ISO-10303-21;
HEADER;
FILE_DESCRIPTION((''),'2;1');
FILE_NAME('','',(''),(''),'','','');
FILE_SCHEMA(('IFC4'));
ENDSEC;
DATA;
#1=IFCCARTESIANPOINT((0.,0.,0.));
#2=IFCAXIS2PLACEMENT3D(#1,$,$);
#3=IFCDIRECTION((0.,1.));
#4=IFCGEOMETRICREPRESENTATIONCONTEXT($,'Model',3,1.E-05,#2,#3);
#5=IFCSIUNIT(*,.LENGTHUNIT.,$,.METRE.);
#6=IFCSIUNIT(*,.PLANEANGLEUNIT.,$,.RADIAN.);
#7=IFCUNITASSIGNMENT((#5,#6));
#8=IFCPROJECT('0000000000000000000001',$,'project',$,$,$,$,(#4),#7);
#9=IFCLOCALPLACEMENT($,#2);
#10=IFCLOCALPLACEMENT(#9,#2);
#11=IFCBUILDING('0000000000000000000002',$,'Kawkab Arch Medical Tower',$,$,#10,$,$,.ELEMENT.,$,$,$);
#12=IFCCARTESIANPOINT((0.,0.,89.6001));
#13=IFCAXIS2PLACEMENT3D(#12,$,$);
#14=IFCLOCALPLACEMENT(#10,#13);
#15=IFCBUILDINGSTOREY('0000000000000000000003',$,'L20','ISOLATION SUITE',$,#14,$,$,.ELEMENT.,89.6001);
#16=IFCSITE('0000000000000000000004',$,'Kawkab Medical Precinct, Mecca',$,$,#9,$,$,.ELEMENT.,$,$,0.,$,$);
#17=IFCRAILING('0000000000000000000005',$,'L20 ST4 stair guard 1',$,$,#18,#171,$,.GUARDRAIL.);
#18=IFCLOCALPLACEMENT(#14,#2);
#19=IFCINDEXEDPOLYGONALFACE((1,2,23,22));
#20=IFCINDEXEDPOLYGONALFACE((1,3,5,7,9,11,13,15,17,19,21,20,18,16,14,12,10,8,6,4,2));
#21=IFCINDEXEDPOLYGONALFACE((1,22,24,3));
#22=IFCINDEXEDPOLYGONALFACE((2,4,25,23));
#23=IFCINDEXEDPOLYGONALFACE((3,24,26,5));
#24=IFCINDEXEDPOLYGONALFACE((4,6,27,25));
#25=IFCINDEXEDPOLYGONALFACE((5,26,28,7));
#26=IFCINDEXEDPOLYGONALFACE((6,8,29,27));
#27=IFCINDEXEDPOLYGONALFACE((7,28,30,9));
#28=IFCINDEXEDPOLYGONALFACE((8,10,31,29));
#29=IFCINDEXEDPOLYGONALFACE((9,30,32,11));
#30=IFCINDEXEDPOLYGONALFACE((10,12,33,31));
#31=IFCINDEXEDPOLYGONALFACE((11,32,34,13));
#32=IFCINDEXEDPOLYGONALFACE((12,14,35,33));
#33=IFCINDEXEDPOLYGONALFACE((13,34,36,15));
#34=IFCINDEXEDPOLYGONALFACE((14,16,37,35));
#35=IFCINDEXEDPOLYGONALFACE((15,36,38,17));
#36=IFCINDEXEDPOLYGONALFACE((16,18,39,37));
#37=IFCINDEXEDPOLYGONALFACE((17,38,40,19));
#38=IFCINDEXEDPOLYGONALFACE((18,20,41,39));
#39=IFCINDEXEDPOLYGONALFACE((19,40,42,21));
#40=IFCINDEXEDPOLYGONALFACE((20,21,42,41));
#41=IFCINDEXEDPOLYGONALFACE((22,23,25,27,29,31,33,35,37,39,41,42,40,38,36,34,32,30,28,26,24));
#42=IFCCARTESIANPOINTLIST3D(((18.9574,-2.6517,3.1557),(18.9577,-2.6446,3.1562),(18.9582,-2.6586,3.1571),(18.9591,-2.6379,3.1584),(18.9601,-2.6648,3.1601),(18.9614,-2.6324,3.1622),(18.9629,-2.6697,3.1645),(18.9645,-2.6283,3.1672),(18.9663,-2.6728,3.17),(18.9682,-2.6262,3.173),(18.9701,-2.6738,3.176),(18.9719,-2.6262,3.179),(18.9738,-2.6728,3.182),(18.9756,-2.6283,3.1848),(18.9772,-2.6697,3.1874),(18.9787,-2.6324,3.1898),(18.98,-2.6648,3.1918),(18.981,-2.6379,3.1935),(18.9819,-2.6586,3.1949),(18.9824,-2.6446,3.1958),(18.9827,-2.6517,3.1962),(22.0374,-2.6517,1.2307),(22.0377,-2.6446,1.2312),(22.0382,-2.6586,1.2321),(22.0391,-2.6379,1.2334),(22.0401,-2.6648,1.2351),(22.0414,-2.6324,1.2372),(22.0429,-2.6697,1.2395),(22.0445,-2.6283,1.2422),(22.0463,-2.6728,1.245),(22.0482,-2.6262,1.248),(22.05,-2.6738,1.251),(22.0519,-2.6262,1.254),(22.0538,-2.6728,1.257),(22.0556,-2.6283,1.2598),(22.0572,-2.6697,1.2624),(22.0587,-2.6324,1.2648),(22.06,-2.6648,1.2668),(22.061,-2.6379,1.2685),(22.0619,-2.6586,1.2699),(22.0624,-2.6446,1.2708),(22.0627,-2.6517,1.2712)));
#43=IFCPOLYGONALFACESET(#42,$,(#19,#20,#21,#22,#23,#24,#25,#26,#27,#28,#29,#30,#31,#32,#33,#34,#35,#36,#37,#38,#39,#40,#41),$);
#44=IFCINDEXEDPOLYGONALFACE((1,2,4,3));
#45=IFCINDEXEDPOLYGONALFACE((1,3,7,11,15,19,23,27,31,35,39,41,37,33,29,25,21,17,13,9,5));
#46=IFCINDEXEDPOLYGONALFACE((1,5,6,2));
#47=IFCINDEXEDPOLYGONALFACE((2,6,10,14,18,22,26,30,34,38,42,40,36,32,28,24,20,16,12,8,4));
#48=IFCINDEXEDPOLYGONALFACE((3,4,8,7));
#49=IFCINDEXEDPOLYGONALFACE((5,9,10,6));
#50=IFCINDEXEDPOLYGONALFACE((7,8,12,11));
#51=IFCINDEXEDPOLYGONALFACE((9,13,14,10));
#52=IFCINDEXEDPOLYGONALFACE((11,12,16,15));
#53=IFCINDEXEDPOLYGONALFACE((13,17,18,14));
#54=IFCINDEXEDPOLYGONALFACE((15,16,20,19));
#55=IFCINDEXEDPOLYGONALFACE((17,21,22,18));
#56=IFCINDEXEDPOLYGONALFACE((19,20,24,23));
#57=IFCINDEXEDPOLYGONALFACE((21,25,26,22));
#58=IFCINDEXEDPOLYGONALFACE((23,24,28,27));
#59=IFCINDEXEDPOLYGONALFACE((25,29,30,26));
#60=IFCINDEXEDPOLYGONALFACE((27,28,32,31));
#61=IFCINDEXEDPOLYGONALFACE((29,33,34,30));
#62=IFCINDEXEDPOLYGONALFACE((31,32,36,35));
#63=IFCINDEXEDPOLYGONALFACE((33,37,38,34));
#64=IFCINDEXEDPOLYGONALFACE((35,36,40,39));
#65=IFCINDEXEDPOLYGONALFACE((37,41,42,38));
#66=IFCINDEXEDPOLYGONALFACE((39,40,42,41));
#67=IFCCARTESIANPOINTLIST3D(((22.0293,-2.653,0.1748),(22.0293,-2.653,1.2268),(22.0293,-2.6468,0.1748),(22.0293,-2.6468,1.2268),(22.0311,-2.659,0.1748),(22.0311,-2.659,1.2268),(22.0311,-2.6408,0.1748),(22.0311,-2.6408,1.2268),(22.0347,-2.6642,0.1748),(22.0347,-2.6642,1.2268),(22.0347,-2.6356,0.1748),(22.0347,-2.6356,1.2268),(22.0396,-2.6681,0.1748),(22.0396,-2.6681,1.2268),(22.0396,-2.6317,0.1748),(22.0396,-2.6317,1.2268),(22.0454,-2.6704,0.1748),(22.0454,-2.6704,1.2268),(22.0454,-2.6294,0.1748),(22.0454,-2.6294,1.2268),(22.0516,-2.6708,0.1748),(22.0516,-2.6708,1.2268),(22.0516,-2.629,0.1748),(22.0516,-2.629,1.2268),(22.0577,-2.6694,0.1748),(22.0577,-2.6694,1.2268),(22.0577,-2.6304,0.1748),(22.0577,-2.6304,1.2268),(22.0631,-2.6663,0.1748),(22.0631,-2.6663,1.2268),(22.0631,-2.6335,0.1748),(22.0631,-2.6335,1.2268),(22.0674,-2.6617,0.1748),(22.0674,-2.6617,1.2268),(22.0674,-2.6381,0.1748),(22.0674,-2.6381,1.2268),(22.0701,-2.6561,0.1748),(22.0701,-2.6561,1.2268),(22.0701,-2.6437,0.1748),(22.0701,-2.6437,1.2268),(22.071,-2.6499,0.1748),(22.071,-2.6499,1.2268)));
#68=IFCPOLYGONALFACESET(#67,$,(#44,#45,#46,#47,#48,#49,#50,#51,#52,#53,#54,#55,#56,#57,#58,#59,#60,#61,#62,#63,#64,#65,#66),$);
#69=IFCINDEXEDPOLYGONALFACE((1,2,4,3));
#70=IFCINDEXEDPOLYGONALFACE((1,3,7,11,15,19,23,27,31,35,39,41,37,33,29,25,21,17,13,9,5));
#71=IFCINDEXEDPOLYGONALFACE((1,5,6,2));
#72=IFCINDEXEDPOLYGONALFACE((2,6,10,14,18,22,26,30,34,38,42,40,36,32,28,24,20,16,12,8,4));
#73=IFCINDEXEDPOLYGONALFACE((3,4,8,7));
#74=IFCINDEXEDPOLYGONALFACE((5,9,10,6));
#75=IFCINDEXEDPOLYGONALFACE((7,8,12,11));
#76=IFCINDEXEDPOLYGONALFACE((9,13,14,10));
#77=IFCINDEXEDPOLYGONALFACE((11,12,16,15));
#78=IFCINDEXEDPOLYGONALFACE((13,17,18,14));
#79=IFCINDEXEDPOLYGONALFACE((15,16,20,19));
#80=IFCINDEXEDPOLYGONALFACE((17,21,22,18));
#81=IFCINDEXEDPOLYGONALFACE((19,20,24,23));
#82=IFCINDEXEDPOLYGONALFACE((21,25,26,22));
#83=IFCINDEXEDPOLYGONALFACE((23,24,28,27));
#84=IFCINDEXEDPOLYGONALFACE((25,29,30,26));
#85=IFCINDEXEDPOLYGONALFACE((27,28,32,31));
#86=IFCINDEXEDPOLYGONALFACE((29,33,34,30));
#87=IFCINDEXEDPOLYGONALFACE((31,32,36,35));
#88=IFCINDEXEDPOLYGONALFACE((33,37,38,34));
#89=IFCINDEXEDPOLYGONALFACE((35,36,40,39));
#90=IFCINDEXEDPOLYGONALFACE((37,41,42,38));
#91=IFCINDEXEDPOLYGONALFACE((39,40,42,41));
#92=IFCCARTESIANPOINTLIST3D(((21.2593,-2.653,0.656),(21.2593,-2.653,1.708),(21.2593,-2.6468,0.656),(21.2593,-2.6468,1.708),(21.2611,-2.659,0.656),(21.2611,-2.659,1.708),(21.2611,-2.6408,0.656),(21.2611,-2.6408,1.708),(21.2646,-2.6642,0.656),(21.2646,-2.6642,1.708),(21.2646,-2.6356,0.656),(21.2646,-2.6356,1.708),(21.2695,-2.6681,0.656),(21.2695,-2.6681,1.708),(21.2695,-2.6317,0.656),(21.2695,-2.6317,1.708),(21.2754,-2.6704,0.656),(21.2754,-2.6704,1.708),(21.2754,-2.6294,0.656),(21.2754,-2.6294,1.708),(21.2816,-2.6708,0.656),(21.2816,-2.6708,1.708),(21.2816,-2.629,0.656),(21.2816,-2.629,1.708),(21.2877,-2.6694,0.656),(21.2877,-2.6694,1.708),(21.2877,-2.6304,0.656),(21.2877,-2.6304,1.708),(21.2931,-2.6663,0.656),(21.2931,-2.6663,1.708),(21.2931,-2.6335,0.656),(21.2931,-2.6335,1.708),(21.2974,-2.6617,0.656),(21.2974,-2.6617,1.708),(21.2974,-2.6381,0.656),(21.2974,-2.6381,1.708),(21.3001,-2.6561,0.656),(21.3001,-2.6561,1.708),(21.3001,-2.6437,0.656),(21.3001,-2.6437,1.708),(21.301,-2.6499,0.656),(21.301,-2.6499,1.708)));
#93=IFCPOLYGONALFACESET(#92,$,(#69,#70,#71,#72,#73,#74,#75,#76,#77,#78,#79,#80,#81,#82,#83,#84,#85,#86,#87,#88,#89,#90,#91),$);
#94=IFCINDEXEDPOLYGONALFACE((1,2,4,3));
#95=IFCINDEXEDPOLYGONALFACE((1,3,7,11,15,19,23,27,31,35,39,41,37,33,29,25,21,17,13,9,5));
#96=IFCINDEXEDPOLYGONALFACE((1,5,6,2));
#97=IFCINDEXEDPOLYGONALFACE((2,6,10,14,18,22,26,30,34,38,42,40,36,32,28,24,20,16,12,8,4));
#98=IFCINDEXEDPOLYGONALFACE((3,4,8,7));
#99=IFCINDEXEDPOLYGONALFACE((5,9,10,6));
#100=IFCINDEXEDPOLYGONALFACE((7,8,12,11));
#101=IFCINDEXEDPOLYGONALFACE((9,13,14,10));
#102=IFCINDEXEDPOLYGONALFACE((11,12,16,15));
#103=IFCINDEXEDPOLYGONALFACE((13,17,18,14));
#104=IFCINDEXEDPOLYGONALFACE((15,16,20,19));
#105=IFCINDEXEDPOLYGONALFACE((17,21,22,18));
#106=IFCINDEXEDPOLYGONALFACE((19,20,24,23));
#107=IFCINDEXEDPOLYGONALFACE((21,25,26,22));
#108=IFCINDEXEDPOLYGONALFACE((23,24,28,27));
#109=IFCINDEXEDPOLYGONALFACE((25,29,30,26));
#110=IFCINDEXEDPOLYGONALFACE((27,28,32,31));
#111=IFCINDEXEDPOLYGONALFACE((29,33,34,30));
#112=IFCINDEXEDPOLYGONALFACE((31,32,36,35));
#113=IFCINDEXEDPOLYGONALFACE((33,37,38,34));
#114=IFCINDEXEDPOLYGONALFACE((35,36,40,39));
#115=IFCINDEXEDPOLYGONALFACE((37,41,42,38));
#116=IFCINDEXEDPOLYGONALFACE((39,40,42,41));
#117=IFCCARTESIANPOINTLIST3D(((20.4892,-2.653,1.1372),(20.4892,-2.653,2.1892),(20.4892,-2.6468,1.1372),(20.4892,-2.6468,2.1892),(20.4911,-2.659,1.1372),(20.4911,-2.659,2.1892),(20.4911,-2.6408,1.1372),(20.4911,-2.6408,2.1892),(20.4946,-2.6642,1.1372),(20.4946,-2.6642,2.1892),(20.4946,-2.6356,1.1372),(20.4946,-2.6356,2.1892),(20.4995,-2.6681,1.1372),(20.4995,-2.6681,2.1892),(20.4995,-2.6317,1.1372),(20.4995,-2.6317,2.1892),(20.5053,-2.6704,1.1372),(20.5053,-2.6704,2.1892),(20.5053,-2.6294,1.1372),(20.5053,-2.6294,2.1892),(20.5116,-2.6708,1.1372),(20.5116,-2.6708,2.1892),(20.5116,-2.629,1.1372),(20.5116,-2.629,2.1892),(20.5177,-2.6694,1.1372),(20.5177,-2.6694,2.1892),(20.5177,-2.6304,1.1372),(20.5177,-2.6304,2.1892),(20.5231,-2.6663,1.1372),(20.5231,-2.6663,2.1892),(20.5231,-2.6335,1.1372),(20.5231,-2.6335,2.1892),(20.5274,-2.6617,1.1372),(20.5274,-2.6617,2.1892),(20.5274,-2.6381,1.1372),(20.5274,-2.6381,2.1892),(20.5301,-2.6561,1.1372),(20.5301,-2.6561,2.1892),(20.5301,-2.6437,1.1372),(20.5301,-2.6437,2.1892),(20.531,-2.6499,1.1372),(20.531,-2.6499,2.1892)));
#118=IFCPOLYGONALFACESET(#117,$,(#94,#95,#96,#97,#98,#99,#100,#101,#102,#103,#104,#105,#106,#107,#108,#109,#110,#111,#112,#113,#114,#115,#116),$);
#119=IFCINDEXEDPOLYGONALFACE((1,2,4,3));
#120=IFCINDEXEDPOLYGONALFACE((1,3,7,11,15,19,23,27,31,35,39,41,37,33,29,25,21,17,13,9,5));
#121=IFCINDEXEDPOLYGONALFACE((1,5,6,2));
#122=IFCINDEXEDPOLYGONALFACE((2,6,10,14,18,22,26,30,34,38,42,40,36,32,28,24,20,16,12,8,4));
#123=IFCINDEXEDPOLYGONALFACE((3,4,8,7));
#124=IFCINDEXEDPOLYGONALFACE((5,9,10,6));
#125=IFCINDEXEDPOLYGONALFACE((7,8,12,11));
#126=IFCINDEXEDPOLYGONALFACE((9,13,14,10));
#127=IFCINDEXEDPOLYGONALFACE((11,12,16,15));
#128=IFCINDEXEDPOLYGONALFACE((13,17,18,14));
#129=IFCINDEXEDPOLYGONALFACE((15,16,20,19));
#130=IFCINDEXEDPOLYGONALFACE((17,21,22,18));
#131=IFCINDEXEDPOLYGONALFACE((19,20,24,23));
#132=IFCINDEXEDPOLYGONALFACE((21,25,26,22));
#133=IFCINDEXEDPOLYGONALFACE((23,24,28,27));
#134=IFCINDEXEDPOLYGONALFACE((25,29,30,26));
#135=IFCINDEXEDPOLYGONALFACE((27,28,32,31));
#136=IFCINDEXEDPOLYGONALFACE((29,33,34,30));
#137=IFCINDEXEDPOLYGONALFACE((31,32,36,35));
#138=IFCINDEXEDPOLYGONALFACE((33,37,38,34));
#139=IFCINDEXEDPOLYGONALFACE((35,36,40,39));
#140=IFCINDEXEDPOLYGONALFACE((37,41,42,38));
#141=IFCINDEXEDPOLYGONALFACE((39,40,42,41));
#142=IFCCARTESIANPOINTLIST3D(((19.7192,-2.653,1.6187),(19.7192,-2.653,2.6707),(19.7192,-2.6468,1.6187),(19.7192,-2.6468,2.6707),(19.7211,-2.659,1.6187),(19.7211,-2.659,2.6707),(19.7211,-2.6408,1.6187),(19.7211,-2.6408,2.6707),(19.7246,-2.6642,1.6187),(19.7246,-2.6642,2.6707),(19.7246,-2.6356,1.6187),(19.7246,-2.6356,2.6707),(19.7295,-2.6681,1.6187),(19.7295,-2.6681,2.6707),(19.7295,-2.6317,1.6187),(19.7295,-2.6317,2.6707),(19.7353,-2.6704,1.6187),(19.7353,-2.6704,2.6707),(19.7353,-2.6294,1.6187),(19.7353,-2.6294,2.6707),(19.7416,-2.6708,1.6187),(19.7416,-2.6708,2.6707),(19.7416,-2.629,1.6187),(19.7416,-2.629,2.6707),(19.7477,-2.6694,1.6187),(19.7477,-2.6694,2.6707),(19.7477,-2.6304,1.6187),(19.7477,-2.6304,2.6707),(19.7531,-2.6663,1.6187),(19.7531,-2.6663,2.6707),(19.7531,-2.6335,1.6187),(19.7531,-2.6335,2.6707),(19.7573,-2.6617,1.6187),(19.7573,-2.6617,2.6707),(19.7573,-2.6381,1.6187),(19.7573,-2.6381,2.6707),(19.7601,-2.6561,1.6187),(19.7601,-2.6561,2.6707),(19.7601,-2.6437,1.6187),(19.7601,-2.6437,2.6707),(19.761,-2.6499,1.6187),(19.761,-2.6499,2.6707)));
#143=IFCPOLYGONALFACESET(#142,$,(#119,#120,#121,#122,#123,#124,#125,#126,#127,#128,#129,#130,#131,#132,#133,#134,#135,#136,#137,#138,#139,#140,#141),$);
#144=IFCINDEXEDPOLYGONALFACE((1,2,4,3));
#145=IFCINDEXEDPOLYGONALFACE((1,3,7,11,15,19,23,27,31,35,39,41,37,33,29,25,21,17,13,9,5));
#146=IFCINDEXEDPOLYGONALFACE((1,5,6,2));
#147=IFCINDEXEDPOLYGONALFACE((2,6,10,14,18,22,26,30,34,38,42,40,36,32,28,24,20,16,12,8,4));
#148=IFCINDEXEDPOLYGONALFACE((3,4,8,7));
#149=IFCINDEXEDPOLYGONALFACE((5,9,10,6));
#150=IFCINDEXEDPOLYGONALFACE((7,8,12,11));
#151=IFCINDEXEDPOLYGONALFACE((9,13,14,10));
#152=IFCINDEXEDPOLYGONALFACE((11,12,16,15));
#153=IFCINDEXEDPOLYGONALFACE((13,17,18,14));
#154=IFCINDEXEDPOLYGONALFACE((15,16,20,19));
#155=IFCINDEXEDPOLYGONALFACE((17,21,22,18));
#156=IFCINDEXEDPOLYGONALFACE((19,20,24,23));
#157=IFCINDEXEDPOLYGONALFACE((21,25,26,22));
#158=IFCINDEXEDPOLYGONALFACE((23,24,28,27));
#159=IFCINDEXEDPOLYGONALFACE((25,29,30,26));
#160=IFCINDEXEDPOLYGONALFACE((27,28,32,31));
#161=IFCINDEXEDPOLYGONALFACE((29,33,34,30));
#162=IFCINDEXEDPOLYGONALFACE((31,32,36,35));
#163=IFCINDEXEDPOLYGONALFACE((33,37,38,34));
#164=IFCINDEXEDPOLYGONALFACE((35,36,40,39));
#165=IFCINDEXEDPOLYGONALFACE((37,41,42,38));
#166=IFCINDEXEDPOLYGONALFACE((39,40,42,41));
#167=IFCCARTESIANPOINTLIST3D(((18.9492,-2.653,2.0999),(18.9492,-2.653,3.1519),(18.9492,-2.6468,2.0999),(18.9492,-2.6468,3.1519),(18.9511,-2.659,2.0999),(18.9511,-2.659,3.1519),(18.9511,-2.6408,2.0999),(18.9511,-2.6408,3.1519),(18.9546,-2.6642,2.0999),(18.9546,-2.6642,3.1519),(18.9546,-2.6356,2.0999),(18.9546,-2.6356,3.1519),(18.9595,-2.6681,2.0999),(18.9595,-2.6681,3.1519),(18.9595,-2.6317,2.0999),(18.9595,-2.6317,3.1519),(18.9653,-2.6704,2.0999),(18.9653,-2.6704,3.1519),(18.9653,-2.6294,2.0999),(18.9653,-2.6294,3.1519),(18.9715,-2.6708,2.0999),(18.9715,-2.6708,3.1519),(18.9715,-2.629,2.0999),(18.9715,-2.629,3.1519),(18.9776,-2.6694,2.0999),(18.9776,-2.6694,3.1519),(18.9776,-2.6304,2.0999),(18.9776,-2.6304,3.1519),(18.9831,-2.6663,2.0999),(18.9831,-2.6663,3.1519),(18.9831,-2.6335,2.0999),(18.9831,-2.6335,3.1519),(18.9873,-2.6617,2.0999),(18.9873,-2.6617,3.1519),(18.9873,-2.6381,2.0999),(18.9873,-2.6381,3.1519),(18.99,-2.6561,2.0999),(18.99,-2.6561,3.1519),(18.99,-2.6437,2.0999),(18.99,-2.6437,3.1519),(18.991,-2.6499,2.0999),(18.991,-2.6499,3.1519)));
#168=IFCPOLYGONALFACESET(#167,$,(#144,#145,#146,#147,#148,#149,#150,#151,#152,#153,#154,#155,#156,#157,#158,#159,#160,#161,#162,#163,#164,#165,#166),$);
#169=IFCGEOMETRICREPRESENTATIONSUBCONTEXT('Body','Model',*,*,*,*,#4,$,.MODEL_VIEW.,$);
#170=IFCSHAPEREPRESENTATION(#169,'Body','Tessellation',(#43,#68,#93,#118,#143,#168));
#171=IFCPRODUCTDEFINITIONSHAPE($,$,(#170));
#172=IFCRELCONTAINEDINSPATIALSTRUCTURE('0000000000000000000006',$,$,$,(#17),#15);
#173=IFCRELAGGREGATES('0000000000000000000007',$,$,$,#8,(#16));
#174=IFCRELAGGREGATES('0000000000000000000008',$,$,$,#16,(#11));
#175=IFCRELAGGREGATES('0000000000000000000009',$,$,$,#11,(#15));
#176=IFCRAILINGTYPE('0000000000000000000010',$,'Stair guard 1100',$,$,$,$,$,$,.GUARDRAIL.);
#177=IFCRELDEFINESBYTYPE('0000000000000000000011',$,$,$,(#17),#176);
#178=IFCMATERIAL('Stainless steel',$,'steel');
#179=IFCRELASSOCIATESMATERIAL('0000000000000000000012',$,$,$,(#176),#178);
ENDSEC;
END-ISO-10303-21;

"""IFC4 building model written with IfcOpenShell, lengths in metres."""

from ifc_helpers import new_model, si_unit, direction, frame, origin, origin_2d, place, context, subcontext, project, spatial, circle, extrude, material, type_object, element, save


model = new_model("IFC4")

# Units and contexts
model_context = context("Model", 3, precision=1e-05, world=origin(), true_north=direction((0.0, 1.0)))
body_context = subcontext(model_context, "Body", "Model", "MODEL_VIEW")
ifc_project = project(units=[si_unit("LENGTHUNIT", "METRE"), si_unit("PLANEANGLEUNIT", "RADIAN")], contexts=[model_context])

# Site, building, storey
site_placement = place(None, origin())
site = spatial("IfcSite", under=ifc_project, at=site_placement, Name="Kawkab Medical Precinct, Mecca", CompositionType="ELEMENT", RefElevation=0.0)
building_placement = place(site_placement, origin())
building = spatial("IfcBuilding", under=site, at=building_placement, Name="Kawkab Arch Medical Tower", CompositionType="ELEMENT")
storey_placement = place(building_placement, frame((0.0, 0.0, 89.6001)))
storey = spatial("IfcBuildingStorey", under=building, at=storey_placement, Name="L20", Description="ISOLATION SUITE", CompositionType="ELEMENT", Elevation=89.6001)

# Railing
ifc_material_1 = material(Name="Stainless steel", Category="steel")
railing_type_1 = type_object("IfcRailingType", Name="Stair guard 1100", PredefinedType="GUARDRAIL", material=ifc_material_1)
railing_1_placement = place(storey_placement, frame((22.05, -2.6499, 0.1748)))
element("IfcRailing", 1, at=railing_1_placement, inside=storey, type_object=railing_type_1, Name="L20 ST4 stair guard 1", PredefinedType="GUARDRAIL", context=body_context, shape_type="SweptSolid", body=[
    extrude(circle(Radius=0.0239, at=origin_2d()), frame((0.0, 0.0, 1.0762), z_axis=(-0.847998, 0.0, 0.529999), x_axis=(0.0, -1.0, 0.0)), (0.0, 0.0, 1.0), 3.6321),
    extrude(circle(Radius=0.021, at=origin_2d()), origin(), (0.0, 0.0, 1.0), 1.052),
    extrude(circle(Radius=0.021, at=origin_2d()), frame((-0.77, 0.0, 0.4812)), (0.0, 0.0, 1.0), 1.052),
    extrude(circle(Radius=0.021, at=origin_2d()), frame((-1.54, 0.0, 0.9624)), (0.0, 0.0, 1.0), 1.052),
    extrude(circle(Radius=0.021, at=origin_2d()), frame((-2.3101, 0.0, 1.4438)), (0.0, 0.0, 1.0), 1.052),
    extrude(circle(Radius=0.021, at=origin_2d()), frame((-3.0801, 0.0, 1.925)), (0.0, 0.0, 1.0), 1.052),
])

save(model, "model.ifc")
